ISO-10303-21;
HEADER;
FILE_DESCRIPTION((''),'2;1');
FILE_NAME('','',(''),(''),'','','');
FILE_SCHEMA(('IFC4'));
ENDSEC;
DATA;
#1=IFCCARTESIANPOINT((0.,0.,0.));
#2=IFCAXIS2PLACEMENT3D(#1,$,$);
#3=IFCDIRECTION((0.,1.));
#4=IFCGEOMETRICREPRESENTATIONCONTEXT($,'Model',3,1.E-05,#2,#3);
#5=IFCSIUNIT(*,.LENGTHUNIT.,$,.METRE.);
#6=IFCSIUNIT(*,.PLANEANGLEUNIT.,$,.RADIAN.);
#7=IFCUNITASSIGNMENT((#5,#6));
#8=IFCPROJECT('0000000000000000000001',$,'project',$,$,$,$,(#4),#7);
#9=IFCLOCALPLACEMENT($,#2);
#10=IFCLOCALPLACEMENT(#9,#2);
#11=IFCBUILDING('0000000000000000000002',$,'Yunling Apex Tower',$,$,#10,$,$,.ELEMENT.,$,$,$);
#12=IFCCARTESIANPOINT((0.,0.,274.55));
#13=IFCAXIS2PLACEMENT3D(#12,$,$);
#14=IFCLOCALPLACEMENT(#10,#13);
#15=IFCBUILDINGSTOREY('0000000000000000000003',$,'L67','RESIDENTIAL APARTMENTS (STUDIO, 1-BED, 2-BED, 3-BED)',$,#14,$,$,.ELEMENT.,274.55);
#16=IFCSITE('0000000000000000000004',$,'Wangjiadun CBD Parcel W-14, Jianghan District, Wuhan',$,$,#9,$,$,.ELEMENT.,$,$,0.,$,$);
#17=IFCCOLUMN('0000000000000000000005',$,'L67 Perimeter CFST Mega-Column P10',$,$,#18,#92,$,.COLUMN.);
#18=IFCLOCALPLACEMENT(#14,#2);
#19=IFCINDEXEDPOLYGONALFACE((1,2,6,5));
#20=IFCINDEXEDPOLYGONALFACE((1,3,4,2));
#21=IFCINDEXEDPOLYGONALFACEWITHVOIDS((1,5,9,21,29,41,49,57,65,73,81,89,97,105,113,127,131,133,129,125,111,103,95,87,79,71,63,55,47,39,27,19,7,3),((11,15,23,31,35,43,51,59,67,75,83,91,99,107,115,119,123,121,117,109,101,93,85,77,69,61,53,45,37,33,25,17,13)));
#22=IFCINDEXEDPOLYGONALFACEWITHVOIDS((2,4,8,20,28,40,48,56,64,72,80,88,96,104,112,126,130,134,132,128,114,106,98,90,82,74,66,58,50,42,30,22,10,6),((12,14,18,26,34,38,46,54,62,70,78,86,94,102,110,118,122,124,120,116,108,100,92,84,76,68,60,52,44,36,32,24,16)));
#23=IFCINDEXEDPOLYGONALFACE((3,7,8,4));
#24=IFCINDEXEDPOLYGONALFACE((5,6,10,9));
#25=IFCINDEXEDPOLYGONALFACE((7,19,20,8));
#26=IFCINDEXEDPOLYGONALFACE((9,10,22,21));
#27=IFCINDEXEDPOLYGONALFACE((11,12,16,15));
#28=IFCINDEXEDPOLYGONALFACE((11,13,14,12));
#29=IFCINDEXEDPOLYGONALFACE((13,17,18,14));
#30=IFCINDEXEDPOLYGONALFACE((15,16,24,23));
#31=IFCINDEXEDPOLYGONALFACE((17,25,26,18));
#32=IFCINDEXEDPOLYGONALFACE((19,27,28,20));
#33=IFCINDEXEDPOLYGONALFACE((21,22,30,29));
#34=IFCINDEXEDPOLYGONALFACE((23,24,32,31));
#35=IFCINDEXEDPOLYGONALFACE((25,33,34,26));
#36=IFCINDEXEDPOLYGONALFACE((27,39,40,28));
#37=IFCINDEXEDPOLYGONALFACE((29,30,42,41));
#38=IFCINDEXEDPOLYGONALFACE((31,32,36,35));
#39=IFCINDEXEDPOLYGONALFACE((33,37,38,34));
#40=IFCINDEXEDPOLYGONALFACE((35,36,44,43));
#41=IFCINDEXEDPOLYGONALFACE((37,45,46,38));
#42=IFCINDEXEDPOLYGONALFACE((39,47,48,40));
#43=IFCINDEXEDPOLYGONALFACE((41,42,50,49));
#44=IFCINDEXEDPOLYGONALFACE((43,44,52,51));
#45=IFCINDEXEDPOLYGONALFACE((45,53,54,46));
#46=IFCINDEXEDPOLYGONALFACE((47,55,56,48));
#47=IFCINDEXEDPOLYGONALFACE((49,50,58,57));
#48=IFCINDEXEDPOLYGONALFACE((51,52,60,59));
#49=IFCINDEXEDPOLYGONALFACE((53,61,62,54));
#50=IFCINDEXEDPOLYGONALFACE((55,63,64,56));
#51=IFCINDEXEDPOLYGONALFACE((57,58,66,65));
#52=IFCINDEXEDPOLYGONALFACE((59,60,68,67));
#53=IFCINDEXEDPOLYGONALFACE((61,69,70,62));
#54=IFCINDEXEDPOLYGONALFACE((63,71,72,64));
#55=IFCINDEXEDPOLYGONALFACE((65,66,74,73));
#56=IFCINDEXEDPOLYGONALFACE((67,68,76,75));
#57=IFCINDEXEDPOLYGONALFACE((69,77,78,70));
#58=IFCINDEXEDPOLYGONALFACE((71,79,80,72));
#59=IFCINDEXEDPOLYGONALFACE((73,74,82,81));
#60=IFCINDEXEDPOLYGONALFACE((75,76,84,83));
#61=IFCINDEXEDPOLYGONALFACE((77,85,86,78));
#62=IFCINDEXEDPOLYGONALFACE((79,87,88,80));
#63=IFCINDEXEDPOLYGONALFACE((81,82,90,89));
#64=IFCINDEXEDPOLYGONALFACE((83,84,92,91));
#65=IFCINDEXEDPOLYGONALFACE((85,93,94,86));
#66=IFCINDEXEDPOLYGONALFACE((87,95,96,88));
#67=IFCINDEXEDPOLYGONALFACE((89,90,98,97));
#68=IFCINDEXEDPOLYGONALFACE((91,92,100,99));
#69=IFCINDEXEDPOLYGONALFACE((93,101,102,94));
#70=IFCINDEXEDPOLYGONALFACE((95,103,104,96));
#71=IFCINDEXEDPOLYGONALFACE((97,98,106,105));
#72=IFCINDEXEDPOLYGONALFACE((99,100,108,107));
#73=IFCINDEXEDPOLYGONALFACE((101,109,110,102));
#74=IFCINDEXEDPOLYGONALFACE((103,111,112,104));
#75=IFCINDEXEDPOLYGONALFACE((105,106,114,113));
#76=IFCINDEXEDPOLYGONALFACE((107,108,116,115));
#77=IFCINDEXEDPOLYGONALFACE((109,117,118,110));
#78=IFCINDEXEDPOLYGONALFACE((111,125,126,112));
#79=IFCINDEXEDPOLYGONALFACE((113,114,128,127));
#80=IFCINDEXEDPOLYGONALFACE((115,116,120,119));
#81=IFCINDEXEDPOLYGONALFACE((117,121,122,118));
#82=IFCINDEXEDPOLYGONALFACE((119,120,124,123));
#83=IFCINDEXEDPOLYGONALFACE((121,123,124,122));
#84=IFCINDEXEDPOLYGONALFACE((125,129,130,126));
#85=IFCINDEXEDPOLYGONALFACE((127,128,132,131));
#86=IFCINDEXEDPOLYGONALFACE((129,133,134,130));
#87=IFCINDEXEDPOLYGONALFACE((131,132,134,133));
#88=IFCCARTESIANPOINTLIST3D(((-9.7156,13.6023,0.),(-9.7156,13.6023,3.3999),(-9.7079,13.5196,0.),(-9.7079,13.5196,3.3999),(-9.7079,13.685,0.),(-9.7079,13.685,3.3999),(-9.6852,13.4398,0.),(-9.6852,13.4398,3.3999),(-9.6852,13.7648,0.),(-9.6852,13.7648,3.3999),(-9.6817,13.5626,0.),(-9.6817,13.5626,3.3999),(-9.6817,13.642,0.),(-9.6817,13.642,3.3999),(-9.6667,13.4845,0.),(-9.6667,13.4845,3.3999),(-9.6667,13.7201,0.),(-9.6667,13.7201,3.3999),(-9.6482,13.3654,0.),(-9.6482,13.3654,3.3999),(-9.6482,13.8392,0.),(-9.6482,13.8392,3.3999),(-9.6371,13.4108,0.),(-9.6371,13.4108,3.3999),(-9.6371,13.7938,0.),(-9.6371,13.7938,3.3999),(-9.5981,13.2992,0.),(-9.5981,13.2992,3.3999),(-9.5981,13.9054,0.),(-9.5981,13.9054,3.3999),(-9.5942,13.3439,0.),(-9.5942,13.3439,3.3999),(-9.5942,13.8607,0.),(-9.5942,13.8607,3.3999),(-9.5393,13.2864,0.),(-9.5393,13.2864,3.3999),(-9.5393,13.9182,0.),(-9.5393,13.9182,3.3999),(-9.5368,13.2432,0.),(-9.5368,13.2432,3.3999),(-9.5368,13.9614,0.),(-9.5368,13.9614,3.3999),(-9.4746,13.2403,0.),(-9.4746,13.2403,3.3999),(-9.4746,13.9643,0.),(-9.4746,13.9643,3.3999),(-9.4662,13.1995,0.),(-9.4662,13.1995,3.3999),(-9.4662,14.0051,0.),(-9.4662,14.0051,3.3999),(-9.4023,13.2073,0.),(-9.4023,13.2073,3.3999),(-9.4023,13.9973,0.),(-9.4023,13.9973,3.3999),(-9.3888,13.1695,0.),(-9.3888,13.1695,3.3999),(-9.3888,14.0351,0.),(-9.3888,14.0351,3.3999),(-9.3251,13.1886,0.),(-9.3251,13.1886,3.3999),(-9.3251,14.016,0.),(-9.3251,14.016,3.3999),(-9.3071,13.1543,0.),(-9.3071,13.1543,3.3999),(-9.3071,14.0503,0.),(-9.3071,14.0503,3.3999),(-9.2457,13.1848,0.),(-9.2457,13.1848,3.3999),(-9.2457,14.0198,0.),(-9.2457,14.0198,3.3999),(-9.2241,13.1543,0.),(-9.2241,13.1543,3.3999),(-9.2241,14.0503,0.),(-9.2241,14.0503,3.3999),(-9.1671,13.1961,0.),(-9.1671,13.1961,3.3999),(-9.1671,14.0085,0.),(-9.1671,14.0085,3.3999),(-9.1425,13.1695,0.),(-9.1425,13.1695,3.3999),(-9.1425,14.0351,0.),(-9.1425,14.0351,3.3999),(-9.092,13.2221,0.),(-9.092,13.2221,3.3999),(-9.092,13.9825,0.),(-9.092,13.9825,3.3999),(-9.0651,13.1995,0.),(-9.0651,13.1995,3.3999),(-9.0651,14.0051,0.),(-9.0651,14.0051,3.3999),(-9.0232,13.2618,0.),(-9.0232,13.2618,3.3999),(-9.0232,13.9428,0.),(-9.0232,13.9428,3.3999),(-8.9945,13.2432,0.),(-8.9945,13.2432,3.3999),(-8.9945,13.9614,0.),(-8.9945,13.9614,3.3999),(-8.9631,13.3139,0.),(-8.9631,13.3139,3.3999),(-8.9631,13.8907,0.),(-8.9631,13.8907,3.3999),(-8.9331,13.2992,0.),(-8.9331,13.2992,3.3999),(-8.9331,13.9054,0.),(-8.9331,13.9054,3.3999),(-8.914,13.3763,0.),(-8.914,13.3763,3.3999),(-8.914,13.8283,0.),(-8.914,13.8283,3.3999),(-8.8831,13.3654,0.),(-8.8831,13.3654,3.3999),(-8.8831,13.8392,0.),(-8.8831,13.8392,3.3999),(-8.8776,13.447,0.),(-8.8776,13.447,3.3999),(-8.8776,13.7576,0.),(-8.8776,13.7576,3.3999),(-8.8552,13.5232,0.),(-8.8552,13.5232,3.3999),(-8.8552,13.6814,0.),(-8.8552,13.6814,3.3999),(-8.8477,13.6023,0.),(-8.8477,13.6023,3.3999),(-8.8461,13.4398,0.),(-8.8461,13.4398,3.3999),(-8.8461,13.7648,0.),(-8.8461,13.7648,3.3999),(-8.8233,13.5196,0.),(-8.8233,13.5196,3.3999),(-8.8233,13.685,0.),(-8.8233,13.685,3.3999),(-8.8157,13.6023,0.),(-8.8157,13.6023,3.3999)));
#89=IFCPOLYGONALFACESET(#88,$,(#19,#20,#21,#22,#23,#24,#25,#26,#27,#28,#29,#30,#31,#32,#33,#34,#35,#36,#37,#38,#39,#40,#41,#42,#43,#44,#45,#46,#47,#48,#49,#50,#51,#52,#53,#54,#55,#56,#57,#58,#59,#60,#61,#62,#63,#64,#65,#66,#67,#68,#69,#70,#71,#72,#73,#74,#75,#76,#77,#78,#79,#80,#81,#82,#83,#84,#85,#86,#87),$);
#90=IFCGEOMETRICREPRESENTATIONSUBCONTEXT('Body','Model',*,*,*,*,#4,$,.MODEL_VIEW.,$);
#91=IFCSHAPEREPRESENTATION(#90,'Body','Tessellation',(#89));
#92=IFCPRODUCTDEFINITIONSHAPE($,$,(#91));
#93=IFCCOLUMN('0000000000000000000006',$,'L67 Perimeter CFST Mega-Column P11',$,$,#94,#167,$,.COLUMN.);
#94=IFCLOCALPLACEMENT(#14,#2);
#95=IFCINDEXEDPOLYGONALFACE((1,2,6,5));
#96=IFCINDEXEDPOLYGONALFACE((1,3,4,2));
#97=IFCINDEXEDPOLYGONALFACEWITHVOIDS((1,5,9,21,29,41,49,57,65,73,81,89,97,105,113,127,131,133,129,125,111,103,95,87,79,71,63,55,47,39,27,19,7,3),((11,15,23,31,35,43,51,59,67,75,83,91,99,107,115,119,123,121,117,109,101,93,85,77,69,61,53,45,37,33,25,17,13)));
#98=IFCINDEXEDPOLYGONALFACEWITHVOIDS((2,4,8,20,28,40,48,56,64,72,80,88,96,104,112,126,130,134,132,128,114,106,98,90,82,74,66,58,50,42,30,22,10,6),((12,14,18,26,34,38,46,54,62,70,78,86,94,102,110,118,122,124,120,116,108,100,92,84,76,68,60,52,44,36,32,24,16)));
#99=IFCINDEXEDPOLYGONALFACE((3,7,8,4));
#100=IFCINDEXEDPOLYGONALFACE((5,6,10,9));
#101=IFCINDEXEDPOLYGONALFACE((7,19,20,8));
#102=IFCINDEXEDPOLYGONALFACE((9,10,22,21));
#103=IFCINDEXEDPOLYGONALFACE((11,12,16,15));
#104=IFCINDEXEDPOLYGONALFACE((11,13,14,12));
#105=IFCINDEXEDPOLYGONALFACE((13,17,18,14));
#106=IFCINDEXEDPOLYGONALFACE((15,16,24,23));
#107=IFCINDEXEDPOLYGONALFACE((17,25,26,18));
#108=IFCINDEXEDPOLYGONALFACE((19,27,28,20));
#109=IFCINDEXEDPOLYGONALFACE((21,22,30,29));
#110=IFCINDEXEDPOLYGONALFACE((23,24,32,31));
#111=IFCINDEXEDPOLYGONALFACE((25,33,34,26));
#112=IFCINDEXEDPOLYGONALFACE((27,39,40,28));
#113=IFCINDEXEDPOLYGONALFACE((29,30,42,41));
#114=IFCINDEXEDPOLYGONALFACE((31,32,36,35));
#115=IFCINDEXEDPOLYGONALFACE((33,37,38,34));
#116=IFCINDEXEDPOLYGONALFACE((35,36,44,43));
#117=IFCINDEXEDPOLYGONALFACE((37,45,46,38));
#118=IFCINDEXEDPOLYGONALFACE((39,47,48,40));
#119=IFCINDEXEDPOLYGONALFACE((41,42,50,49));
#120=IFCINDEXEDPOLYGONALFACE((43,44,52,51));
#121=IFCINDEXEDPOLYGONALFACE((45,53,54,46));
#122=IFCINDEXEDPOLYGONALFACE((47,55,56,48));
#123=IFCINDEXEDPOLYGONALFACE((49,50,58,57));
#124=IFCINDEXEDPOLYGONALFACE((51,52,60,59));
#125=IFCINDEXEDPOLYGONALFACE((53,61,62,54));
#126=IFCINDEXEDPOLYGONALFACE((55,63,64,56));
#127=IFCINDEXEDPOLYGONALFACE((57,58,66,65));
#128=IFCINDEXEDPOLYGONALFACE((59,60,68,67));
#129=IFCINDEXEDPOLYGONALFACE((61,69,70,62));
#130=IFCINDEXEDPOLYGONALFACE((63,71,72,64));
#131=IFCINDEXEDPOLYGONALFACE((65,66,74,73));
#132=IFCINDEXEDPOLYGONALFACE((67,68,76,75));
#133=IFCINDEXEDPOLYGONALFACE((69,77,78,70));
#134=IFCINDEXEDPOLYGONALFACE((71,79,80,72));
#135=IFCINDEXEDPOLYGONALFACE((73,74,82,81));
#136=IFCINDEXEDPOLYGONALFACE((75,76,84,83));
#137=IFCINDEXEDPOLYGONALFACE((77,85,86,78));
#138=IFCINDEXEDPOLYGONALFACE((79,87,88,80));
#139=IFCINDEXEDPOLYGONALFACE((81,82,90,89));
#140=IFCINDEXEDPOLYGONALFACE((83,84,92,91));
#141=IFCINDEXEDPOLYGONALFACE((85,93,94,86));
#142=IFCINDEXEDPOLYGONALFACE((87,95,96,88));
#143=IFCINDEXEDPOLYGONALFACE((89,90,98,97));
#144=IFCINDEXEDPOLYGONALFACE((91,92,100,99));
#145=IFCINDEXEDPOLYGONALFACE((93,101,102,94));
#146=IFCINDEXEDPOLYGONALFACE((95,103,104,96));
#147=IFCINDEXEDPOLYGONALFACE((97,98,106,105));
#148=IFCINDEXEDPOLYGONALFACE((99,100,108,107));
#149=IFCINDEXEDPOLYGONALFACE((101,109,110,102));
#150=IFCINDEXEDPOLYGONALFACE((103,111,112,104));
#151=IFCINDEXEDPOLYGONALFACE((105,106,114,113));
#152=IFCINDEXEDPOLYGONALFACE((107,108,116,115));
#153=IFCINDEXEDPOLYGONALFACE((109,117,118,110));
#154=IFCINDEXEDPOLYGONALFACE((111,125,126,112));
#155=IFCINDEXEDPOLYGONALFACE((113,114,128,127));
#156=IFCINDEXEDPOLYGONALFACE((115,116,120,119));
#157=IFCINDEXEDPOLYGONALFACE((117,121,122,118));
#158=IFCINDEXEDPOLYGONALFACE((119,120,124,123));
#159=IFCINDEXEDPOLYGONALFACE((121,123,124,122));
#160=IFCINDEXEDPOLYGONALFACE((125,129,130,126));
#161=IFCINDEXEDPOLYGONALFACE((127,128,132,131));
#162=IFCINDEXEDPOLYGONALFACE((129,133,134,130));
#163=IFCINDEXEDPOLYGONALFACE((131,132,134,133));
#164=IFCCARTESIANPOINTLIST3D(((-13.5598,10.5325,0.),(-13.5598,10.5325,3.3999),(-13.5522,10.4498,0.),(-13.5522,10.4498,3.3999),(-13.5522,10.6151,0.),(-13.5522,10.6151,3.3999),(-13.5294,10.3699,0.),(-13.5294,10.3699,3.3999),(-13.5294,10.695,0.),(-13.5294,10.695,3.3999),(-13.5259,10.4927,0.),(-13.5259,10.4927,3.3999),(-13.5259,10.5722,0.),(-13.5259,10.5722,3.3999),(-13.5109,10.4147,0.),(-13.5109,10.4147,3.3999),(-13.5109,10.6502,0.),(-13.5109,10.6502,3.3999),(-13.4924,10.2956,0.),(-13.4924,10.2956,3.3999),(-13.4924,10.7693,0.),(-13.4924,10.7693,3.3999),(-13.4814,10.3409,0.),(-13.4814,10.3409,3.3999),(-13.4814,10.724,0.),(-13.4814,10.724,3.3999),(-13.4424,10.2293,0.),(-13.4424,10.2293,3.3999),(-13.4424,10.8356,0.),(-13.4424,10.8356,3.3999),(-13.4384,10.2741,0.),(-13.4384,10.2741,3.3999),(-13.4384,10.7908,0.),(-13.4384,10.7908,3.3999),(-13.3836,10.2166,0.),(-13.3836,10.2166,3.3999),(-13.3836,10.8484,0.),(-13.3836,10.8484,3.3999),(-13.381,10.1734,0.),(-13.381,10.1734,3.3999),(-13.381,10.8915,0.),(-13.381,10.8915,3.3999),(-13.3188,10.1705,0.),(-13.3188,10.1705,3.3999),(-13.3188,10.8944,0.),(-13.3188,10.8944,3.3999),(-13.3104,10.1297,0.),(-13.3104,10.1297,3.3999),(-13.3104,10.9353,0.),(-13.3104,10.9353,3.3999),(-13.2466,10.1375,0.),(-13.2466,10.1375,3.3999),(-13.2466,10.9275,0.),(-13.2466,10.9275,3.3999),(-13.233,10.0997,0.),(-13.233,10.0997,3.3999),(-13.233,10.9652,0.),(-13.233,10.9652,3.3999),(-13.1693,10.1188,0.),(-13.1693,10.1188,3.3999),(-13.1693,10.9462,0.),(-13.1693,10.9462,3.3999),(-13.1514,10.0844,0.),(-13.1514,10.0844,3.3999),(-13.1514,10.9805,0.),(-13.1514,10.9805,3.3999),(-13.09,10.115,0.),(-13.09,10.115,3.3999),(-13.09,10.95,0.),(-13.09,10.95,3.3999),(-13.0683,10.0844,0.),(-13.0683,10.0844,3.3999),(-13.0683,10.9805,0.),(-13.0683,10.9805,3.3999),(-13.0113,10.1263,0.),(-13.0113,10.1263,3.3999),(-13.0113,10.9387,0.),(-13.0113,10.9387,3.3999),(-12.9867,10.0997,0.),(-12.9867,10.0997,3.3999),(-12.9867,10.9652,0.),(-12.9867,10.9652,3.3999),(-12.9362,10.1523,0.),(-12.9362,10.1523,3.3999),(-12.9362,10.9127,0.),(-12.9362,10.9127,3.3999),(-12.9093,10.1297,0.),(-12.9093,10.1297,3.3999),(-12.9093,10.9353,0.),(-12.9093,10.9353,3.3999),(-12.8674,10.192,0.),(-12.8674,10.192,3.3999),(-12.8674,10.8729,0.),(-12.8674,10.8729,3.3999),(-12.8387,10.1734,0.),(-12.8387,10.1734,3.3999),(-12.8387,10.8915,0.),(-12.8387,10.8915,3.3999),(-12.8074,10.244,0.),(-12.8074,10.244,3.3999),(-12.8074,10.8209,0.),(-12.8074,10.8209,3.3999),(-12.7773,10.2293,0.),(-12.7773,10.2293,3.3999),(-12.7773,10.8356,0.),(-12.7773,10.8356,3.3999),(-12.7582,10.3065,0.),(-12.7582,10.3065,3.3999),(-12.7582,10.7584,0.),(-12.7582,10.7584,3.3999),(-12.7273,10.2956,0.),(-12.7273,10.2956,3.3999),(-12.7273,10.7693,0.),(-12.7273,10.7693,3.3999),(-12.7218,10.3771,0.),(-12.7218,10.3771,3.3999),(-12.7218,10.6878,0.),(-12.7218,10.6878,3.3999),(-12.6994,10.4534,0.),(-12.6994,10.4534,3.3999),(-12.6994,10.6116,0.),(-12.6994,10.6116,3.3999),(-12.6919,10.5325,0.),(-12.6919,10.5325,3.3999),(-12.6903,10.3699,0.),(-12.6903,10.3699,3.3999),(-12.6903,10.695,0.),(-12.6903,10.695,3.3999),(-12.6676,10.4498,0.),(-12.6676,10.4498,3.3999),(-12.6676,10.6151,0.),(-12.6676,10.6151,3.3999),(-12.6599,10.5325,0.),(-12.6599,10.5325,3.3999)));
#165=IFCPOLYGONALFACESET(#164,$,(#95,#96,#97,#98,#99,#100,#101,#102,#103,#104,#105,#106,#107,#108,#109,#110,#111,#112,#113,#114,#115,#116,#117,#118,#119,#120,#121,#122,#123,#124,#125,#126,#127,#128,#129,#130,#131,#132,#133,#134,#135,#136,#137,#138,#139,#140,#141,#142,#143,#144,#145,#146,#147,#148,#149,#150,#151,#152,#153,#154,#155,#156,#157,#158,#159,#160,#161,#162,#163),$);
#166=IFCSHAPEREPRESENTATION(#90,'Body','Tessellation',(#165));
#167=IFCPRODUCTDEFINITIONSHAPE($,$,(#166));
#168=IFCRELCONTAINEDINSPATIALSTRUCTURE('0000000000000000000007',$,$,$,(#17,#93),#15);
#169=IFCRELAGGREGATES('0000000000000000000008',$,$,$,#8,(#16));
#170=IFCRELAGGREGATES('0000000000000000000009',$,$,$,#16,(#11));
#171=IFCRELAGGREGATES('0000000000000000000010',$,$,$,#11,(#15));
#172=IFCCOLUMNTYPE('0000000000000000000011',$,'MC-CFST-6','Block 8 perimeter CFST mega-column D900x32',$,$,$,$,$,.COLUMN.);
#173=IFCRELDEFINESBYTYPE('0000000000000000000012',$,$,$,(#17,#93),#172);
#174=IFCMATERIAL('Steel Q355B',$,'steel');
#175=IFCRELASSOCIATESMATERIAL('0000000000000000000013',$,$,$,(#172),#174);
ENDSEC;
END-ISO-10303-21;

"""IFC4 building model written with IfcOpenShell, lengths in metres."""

from ifc_helpers import new_model, si_unit, direction, frame, origin, origin_2d, place, context, subcontext, project, spatial, hollow_circle, extrude, source, transform, mapped, material, material_profile, profile_set, type_object, element, save


model = new_model("IFC4")

# Units and contexts
model_context = context("Model", 3, precision=1e-05, world=origin(), true_north=direction((0.0, 1.0)))
body_context = subcontext(model_context, "Body", "Model", "MODEL_VIEW")
ifc_project = project(units=[si_unit("LENGTHUNIT", "METRE"), si_unit("PLANEANGLEUNIT", "RADIAN")], contexts=[model_context])

# Site, building, storey
site_placement = place(None, origin())
site = spatial("IfcSite", under=ifc_project, at=site_placement, Name="Wangjiadun CBD Parcel W-14, Jianghan District, Wuhan", CompositionType="ELEMENT", RefElevation=0.0)
building_placement = place(site_placement, origin())
building = spatial("IfcBuilding", under=site, at=building_placement, Name="Yunling Apex Tower", CompositionType="ELEMENT")
storey_placement = place(building_placement, frame((0.0, 0.0, 274.55)))
storey = spatial("IfcBuildingStorey", under=building, at=storey_placement, Name="L67", Description="RESIDENTIAL APARTMENTS (STUDIO, 1-BED, 2-BED, 3-BED)", CompositionType="ELEMENT", Elevation=274.55)

# Columns
ifc_material_1 = material(Name="Steel Q355B", Category="steel")
ifc_material_profile_1 = material_profile(ifc_material_1, hollow_circle(Radius=0.45, WallThickness=0.032, at=origin_2d()))
ifc_profile_set_1 = profile_set([ifc_material_profile_1], Name="Steel Q355B")
column_type = type_object("IfcColumnType", Name="MC-CFST-6", Description="Block 8 perimeter CFST mega-column D900x32", PredefinedType="COLUMN", material=ifc_profile_set_1)
shared_shape_1 = source(origin(), body_context, "Body", "SweptSolid", [
    extrude(hollow_circle(Radius=0.45, WallThickness=0.032, at=origin_2d()), origin(), (0.0, 0.0, 1.0), 3.3999),
])
for number, where, z_axis, x_axis, name in (
    (1, (-9.2656, 13.6023, 0.0), (0.0, 0.0, 1.0), (1.0, 0.0, 0.0), "L67 Perimeter CFST Mega-Column P10"),
    (2, (-13.1099, 10.5325, 0.0), (0.0, 0.0, 1.0), (1.0, 0.0, 0.0), "L67 Perimeter CFST Mega-Column P11"),
):
    element("IfcColumn", number, at=place(storey_placement, frame(where, z_axis=z_axis, x_axis=x_axis)), inside=storey, type_object=column_type, Name=name, PredefinedType="COLUMN", context=body_context, shape_type="MappedRepresentation", body=[
        mapped(shared_shape_1, transform((0.0, 0.0, 0.0), scale=1.0)),
    ])

save(model, "model.ifc")
